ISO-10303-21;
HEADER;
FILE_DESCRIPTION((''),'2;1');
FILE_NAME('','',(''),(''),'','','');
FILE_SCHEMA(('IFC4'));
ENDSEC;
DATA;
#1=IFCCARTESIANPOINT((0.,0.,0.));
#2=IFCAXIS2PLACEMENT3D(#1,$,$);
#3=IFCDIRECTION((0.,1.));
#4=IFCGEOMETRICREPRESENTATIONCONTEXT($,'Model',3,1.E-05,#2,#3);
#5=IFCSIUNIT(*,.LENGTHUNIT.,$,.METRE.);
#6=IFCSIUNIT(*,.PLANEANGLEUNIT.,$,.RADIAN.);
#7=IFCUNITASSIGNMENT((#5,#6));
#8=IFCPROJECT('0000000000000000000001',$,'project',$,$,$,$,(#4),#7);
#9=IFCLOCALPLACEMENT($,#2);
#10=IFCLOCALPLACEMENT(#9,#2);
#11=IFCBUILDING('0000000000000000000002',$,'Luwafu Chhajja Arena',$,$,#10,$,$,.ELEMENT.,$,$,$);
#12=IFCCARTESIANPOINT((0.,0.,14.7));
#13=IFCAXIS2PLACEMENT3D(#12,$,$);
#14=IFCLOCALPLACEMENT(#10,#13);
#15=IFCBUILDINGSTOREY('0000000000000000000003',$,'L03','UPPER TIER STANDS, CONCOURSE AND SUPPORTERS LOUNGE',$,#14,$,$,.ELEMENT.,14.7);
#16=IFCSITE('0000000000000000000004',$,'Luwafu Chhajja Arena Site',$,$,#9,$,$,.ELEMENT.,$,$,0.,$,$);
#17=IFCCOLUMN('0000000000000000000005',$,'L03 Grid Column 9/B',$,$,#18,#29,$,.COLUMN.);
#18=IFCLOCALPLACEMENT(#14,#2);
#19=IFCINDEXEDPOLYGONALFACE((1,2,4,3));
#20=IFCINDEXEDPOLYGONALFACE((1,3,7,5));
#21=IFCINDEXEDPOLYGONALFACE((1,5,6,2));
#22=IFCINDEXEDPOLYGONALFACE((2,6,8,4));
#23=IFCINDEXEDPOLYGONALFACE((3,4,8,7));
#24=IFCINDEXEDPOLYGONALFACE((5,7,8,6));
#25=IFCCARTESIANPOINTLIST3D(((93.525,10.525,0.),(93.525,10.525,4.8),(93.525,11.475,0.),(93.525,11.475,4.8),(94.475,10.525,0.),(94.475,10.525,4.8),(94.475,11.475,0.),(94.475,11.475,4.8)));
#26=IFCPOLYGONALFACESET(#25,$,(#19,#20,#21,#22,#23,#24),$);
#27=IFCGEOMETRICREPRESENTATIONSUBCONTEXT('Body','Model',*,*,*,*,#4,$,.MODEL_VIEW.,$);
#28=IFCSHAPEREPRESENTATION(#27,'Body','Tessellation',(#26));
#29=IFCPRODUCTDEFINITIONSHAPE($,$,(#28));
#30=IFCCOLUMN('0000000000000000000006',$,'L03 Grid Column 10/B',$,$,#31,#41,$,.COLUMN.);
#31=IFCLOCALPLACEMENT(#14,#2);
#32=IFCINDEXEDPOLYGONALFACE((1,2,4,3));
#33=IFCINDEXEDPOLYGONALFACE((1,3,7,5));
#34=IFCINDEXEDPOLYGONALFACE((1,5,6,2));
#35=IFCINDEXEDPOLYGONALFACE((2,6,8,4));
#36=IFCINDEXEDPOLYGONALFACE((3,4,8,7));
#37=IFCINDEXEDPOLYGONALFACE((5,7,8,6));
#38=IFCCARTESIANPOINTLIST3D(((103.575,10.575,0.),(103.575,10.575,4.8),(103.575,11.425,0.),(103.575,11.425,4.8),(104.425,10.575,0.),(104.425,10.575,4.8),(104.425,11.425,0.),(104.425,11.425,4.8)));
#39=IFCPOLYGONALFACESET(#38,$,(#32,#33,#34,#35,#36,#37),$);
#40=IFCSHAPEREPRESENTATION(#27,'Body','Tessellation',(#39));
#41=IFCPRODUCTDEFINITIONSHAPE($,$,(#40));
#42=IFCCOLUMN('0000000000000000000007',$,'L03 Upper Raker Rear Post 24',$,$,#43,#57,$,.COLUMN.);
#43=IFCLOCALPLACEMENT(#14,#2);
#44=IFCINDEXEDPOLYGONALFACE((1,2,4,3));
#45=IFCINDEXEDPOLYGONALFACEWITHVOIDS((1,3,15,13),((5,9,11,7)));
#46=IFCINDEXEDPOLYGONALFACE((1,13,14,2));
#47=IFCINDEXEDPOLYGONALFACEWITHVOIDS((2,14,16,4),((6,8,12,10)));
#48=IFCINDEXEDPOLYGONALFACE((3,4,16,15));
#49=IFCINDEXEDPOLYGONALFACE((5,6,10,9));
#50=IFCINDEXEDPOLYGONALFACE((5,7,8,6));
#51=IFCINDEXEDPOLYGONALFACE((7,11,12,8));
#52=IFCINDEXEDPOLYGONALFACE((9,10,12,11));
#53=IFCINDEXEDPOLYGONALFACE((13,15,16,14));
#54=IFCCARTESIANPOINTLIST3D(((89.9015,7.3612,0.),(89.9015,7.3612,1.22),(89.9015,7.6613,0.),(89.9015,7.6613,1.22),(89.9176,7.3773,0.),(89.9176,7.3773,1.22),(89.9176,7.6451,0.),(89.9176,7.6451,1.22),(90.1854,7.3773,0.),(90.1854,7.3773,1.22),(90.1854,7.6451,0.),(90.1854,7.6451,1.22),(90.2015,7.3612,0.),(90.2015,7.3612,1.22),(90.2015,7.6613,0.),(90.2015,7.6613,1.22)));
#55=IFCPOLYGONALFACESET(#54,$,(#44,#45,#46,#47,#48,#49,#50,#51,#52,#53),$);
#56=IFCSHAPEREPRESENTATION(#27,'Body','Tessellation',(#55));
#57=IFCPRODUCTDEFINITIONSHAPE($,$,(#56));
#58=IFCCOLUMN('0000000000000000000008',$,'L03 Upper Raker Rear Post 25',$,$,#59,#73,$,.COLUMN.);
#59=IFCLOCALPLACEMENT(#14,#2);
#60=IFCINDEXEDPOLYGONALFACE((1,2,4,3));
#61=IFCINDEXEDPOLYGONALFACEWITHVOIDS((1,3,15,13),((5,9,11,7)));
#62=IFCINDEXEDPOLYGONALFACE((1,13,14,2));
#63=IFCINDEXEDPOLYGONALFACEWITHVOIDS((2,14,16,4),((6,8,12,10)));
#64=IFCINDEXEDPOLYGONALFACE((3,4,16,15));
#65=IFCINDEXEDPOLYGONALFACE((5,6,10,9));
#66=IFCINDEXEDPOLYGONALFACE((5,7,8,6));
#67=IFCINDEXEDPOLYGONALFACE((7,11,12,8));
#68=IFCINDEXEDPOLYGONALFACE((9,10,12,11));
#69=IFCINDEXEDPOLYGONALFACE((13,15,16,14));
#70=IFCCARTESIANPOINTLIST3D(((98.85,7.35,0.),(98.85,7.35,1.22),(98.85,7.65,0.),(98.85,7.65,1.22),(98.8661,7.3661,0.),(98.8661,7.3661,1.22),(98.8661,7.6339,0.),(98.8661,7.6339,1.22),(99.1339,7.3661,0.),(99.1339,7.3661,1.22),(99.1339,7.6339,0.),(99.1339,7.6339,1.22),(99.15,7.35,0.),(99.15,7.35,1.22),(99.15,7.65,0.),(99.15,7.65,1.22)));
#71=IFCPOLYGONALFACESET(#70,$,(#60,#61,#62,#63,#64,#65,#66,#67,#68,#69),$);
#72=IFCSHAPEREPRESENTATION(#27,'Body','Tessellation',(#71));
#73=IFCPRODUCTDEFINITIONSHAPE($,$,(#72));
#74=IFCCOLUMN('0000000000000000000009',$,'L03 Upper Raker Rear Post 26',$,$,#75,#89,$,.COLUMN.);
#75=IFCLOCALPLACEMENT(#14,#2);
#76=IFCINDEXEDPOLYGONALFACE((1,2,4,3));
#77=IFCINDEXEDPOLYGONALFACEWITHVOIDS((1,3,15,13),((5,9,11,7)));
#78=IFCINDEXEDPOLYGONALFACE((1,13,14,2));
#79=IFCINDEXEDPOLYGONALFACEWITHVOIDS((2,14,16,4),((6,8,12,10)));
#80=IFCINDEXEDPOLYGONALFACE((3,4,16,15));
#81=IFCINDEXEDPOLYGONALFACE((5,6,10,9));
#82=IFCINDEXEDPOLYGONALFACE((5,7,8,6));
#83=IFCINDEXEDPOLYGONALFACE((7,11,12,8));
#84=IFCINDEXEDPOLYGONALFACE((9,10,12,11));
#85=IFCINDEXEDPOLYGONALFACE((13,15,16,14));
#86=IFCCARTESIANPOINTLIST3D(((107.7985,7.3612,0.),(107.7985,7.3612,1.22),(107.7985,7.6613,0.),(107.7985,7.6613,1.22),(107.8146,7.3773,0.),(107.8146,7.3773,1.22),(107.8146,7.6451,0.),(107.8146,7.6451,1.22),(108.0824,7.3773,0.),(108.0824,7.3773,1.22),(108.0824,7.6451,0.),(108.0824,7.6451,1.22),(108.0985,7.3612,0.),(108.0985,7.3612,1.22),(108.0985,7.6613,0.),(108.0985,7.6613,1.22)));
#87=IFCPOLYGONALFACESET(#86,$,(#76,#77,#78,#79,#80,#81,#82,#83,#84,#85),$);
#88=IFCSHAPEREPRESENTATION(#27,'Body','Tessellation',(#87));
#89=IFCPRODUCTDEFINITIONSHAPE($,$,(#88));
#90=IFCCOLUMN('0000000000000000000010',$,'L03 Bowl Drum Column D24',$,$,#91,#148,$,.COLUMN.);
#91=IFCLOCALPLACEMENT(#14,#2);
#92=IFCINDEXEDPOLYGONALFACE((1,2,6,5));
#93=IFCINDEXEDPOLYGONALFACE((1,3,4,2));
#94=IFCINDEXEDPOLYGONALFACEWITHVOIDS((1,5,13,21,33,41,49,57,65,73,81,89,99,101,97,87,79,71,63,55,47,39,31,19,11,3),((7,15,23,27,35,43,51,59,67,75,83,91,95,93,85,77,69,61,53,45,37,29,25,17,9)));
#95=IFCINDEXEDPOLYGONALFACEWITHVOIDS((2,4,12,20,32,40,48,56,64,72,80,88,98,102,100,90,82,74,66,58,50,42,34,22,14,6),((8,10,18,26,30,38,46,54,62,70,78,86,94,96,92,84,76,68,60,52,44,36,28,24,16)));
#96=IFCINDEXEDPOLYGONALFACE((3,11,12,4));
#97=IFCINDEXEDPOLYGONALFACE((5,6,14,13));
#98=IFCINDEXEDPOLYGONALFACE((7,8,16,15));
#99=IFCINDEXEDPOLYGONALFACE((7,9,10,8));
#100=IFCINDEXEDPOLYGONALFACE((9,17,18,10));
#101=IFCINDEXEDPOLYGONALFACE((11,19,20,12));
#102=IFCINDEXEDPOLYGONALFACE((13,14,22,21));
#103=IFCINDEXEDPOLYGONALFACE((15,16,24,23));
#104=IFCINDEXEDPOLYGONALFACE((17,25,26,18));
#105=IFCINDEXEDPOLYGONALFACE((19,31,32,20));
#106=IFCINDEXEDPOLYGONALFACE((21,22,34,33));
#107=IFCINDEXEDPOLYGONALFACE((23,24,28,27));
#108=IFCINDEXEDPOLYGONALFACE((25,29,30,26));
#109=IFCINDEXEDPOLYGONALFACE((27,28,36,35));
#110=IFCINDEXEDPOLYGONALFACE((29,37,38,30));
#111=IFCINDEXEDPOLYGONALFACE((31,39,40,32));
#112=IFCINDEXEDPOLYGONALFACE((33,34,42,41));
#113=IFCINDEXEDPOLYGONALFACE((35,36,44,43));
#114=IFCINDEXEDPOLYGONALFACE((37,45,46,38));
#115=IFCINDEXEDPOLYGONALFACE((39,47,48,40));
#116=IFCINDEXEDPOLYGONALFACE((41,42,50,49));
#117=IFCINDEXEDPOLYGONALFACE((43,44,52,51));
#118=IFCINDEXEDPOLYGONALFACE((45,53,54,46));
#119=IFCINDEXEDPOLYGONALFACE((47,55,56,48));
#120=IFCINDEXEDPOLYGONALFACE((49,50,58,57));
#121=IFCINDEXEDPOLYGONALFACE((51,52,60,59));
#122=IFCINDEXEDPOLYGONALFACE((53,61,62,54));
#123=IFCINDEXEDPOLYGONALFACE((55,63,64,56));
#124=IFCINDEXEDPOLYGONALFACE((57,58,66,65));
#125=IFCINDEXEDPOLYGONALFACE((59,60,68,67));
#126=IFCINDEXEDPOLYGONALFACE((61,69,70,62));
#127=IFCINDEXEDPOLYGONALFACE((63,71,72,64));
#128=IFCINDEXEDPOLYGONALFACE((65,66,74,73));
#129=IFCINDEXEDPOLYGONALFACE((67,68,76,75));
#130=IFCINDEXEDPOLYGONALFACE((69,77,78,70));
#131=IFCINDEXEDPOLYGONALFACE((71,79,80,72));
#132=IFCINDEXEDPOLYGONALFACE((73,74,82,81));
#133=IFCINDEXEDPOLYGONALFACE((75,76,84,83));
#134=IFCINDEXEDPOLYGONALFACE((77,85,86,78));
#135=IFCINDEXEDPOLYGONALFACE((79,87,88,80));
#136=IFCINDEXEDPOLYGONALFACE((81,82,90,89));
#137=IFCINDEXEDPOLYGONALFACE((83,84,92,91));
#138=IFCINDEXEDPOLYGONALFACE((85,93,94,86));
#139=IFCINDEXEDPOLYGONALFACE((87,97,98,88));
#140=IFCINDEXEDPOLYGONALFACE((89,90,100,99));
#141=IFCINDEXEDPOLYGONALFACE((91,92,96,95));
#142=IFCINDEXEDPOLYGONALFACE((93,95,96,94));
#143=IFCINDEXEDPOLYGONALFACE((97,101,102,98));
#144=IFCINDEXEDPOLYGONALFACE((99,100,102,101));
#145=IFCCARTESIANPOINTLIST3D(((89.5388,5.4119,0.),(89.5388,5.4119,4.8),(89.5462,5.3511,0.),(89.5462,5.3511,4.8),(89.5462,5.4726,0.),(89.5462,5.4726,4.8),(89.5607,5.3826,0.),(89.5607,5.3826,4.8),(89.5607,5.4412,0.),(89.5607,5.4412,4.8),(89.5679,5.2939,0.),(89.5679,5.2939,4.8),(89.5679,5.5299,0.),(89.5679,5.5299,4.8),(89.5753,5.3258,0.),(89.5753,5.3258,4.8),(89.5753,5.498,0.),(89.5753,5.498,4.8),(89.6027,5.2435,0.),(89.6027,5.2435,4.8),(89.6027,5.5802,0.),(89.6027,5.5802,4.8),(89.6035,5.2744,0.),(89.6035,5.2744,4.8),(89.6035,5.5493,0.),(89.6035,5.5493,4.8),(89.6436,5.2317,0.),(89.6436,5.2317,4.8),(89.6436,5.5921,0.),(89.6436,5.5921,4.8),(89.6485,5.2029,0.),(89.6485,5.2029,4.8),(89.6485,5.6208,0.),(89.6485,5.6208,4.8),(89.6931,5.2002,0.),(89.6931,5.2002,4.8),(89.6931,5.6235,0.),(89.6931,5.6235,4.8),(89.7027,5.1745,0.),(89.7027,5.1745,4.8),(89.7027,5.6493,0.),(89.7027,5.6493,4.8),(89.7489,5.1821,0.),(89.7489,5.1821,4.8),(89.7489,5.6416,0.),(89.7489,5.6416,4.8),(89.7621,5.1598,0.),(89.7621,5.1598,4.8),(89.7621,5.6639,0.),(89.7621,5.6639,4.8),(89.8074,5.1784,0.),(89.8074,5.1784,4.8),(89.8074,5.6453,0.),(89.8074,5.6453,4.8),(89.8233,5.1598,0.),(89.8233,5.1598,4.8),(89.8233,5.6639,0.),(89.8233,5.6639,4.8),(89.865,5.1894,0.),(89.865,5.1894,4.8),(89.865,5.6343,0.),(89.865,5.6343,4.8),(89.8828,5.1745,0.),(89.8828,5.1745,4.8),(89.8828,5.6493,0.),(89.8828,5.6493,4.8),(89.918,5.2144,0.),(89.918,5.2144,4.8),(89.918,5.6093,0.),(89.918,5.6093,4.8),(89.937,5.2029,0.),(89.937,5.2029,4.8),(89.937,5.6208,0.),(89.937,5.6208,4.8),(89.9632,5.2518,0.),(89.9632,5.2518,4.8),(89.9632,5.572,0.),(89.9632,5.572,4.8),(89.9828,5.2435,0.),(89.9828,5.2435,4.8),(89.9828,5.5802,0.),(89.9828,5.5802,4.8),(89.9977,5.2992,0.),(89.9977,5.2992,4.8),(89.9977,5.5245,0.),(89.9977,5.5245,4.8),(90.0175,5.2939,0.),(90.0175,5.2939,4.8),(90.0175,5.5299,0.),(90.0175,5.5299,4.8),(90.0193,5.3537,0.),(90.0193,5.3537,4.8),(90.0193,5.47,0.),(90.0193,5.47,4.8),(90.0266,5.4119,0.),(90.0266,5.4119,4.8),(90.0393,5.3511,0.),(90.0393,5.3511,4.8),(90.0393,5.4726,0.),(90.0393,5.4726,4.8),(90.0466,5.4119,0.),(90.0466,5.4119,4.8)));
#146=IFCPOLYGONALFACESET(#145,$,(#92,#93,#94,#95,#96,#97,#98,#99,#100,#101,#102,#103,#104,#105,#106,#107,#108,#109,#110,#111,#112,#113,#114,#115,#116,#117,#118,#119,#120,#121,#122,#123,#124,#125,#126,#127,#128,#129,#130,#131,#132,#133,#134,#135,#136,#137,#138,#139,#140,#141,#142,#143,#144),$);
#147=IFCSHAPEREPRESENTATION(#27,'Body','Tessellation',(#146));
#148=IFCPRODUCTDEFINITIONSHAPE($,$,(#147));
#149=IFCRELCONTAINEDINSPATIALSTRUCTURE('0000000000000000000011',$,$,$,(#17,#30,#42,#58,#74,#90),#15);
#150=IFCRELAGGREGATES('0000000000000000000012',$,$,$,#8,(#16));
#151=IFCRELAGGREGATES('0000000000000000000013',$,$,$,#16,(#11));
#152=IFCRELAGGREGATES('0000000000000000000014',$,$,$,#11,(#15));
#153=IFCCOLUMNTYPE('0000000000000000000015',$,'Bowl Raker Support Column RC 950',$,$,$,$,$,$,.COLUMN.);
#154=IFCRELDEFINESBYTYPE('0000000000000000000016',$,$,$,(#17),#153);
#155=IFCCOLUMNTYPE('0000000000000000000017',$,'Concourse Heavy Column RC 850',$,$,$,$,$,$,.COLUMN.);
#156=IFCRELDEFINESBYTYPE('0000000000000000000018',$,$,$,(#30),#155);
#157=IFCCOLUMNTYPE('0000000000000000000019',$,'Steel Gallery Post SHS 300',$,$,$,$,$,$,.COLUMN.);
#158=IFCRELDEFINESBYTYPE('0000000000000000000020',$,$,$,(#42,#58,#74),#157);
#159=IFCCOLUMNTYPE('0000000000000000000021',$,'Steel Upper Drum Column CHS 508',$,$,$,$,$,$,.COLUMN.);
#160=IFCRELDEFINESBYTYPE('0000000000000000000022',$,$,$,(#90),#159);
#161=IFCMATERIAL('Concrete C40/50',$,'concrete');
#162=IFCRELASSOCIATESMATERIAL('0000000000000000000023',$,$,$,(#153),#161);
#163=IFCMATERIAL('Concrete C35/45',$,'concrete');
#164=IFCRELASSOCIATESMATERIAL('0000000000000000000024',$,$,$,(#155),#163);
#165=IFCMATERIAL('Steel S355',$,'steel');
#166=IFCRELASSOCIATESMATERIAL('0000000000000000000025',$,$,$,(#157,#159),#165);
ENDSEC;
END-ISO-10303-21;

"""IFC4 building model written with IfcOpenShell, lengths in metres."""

from ifc_helpers import new_model, si_unit, direction, frame, origin, origin_2d, place, context, subcontext, project, spatial, rectangle, hollow_rectangle, hollow_circle, extrude, material, material_profile, profile_set, type_object, element, save


model = new_model("IFC4")

# Units and contexts
model_context = context("Model", 3, precision=1e-05, world=origin(), true_north=direction((0.0, 1.0)))
body_context = subcontext(model_context, "Body", "Model", "MODEL_VIEW")
ifc_project = project(units=[si_unit("LENGTHUNIT", "METRE"), si_unit("PLANEANGLEUNIT", "RADIAN")], contexts=[model_context])

# Site, building, storey
site_placement = place(None, origin())
site = spatial("IfcSite", under=ifc_project, at=site_placement, Name="Luwafu Chhajja Arena Site", CompositionType="ELEMENT", RefElevation=0.0)
building_placement = place(site_placement, origin())
building = spatial("IfcBuilding", under=site, at=building_placement, Name="Luwafu Chhajja Arena", CompositionType="ELEMENT")
storey_placement = place(building_placement, frame((0.0, 0.0, 14.7)))
storey = spatial("IfcBuildingStorey", under=building, at=storey_placement, Name="L03", Description="UPPER TIER STANDS, CONCOURSE AND SUPPORTERS LOUNGE", CompositionType="ELEMENT", Elevation=14.7)

# Columns
ifc_material_1 = material(Name="Concrete C40/50", Category="concrete")
ifc_material_profile_1 = material_profile(ifc_material_1, rectangle(XDim=0.95, YDim=0.95, at=origin_2d()), Name="RC 950x950")
ifc_profile_set_1 = profile_set([ifc_material_profile_1], Name="Concrete C40/50")
column_type_1 = type_object("IfcColumnType", Name="Bowl Raker Support Column RC 950", PredefinedType="COLUMN", material=ifc_profile_set_1)
column_1_placement = place(storey_placement, frame((94.0, 11.0, 0.0), z_axis=(0.0, 0.0, 1.0), x_axis=(1.0, 0.0, 0.0)))
element("IfcColumn", 1, at=column_1_placement, inside=storey, type_object=column_type_1, Name="L03 Grid Column 9/B", PredefinedType="COLUMN", context=body_context, shape_type="SweptSolid", body=[
    extrude(rectangle(XDim=0.95, YDim=0.95, at=origin_2d()), origin(), (0.0, 0.0, 1.0), 4.8),
])
ifc_material_2 = material(Name="Concrete C35/45", Category="concrete")
ifc_material_profile_2 = material_profile(ifc_material_2, rectangle(XDim=0.8501, YDim=0.8501, at=origin_2d()), Name="RC 850x850")
ifc_profile_set_2 = profile_set([ifc_material_profile_2], Name="Concrete C35/45")
column_type_2 = type_object("IfcColumnType", Name="Concourse Heavy Column RC 850", PredefinedType="COLUMN", material=ifc_profile_set_2)
column_2_placement = place(storey_placement, frame((104.0, 11.0, 0.0), z_axis=(0.0, 0.0, 1.0), x_axis=(1.0, 0.0, 0.0)))
element("IfcColumn", 2, at=column_2_placement, inside=storey, type_object=column_type_2, Name="L03 Grid Column 10/B", PredefinedType="COLUMN", context=body_context, shape_type="SweptSolid", body=[
    extrude(rectangle(XDim=0.8501, YDim=0.8501, at=origin_2d()), origin(), (0.0, 0.0, 1.0), 4.8),
])
ifc_material_3 = material(Name="Steel S355", Category="steel")
ifc_material_profile_3 = material_profile(ifc_material_3, hollow_rectangle(XDim=0.3, YDim=0.3, WallThickness=0.0161, at=origin_2d()), Name="SHS 300x300x16")
ifc_profile_set_3 = profile_set([ifc_material_profile_3], Name="Steel S355")
column_type_3 = type_object("IfcColumnType", Name="Steel Gallery Post SHS 300", PredefinedType="COLUMN", material=ifc_profile_set_3)
for number, where, z_axis, x_axis, name in (
    (3, (90.0515, 7.5112, 0.0), (0.0, 0.0, 1.0), (1.0, 0.0, 0.0), "L03 Upper Raker Rear Post 24"),
    (4, (99.0, 7.5, 0.0), (0.0, 0.0, 1.0), (1.0, 0.0, 0.0), "L03 Upper Raker Rear Post 25"),
    (5, (107.9485, 7.5112, 0.0), (0.0, 0.0, 1.0), (1.0, 0.0, 0.0), "L03 Upper Raker Rear Post 26"),
):
    element("IfcColumn", number, at=place(storey_placement, frame(where, z_axis=z_axis, x_axis=x_axis)), inside=storey, type_object=column_type_3, Name=name, PredefinedType="COLUMN", context=body_context, shape_type="SweptSolid", body=[
        extrude(hollow_rectangle(XDim=0.3, YDim=0.3, WallThickness=0.0161, at=origin_2d()), origin(), (0.0, 0.0, 1.0), 1.22),
    ])
ifc_material_profile_4 = material_profile(ifc_material_3, hollow_circle(Radius=0.2539, WallThickness=0.02, at=origin_2d()), Name="CHS 508x20")
ifc_profile_set_4 = profile_set([ifc_material_profile_4], Name="Steel S355")
column_type_4 = type_object("IfcColumnType", Name="Steel Upper Drum Column CHS 508", PredefinedType="COLUMN", material=ifc_profile_set_4)
for number, where, z_axis, x_axis, name in (
    (6, (89.7927, 5.4119, 0.0), (0.0, 0.0, 1.0), (1.0, 0.0, 0.0), "L03 Bowl Drum Column D24"),
):
    element("IfcColumn", number, at=place(storey_placement, frame(where, z_axis=z_axis, x_axis=x_axis)), inside=storey, type_object=column_type_4, Name=name, PredefinedType="COLUMN", context=body_context, shape_type="SweptSolid", body=[
        extrude(hollow_circle(Radius=0.2539, WallThickness=0.02, at=origin_2d()), origin(), (0.0, 0.0, 1.0), 4.8),
    ])

save(model, "model.ifc")
